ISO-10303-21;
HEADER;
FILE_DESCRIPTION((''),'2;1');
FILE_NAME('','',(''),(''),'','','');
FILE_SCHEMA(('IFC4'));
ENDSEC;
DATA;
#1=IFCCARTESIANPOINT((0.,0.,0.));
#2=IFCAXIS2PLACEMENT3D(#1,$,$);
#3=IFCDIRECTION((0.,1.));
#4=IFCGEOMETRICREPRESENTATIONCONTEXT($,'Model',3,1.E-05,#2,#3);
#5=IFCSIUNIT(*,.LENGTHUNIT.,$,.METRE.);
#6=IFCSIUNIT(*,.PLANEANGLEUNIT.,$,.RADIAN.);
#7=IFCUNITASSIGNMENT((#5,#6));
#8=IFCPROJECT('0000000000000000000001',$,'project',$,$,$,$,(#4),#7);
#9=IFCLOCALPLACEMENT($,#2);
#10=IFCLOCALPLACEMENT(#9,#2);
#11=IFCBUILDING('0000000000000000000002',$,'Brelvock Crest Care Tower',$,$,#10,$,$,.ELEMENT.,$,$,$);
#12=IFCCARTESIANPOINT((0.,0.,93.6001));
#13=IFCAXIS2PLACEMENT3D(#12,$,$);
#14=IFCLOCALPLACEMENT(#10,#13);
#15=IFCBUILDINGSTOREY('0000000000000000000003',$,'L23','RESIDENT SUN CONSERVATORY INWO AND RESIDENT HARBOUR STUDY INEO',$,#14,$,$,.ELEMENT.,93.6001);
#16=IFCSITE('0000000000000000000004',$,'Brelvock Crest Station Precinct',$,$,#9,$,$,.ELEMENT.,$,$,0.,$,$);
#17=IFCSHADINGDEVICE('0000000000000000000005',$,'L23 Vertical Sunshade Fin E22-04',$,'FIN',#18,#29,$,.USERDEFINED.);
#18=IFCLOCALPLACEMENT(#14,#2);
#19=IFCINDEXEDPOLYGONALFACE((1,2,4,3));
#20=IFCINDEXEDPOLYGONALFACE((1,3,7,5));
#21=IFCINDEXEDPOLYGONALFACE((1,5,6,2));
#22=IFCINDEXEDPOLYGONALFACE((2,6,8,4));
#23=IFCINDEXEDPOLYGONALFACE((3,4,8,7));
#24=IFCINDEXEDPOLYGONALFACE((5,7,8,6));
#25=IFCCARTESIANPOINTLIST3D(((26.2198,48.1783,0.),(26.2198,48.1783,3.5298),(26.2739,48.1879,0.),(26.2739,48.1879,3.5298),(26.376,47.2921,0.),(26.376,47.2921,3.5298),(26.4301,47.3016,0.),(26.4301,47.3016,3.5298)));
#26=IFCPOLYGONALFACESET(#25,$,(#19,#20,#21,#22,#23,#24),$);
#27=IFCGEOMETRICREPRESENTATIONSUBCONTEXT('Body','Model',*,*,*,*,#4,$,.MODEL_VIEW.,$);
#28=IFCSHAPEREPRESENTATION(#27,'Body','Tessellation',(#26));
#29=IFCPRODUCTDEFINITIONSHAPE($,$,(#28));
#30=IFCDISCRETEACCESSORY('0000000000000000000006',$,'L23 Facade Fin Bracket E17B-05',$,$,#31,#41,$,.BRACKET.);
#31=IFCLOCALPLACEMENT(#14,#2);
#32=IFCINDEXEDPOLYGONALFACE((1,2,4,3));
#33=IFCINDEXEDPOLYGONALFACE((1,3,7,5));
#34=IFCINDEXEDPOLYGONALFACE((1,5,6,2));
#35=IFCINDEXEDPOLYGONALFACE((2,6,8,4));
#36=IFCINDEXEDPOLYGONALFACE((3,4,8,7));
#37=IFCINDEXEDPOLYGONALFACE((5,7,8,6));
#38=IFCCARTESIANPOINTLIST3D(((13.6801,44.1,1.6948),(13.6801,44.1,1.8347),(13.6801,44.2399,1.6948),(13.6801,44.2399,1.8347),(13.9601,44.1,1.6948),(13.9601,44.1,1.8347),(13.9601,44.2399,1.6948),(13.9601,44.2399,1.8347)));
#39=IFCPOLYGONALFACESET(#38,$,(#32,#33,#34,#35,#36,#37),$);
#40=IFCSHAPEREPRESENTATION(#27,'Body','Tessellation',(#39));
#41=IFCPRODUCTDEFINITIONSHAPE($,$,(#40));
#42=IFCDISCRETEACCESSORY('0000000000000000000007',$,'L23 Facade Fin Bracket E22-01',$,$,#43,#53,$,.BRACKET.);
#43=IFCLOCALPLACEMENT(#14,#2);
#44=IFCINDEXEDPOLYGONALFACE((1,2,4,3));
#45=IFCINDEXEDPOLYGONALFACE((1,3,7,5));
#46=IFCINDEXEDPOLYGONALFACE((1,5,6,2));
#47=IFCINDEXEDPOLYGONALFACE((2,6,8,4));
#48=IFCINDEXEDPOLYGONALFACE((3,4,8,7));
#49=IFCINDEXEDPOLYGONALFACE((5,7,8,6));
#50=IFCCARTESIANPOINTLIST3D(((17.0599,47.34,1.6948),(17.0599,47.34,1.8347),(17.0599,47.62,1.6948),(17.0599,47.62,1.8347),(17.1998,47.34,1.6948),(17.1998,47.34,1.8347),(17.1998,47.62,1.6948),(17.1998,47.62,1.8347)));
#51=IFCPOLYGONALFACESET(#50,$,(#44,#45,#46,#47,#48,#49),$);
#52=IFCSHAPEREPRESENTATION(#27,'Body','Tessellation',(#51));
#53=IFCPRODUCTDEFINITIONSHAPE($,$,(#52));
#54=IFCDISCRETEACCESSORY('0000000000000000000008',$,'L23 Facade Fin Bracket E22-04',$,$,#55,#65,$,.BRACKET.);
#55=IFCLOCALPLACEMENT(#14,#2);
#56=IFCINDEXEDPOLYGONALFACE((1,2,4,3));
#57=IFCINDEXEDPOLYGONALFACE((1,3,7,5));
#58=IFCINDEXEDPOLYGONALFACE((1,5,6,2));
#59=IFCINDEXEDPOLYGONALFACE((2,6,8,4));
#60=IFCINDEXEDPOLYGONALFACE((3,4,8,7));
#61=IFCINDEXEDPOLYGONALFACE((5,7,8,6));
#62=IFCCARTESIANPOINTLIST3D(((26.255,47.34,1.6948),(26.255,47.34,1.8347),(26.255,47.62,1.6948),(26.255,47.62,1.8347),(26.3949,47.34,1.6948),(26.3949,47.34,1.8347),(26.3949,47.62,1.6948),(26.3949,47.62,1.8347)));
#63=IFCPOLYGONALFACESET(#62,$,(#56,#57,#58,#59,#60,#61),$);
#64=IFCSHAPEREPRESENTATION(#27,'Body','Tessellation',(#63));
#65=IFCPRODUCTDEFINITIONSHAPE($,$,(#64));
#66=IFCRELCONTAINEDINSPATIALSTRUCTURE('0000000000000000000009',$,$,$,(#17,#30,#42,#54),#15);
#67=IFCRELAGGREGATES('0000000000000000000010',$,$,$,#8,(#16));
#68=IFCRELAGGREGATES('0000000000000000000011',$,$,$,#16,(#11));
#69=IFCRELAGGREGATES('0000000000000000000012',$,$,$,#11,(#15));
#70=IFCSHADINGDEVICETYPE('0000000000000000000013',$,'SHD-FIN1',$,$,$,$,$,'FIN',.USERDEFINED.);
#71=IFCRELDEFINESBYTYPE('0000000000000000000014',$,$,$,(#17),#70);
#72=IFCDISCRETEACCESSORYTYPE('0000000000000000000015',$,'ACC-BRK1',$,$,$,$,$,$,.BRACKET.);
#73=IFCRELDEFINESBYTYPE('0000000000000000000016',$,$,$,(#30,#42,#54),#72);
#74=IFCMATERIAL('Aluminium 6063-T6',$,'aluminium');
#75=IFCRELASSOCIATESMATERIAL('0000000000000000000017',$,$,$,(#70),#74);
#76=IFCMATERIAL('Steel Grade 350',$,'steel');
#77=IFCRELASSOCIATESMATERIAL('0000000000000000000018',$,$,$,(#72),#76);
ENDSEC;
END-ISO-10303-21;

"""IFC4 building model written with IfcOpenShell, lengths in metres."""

from ifc_helpers import new_model, si_unit, direction, frame, origin, origin_2d, place, context, subcontext, project, spatial, rectangle, extrude, source, transform, mapped, material, material_profile, profile_set, type_object, element, save


model = new_model("IFC4")

# Units and contexts
model_context = context("Model", 3, precision=1e-05, world=origin(), true_north=direction((0.0, 1.0)))
body_context = subcontext(model_context, "Body", "Model", "MODEL_VIEW")
ifc_project = project(units=[si_unit("LENGTHUNIT", "METRE"), si_unit("PLANEANGLEUNIT", "RADIAN")], contexts=[model_context])

# Site, building, storey
site_placement = place(None, origin())
site = spatial("IfcSite", under=ifc_project, at=site_placement, Name="Brelvock Crest Station Precinct", CompositionType="ELEMENT", RefElevation=0.0)
building_placement = place(site_placement, origin())
building = spatial("IfcBuilding", under=site, at=building_placement, Name="Brelvock Crest Care Tower", CompositionType="ELEMENT")
storey_placement = place(building_placement, frame((0.0, 0.0, 93.6001)))
storey = spatial("IfcBuildingStorey", under=building, at=storey_placement, Name="L23", Description="RESIDENT SUN CONSERVATORY INWO AND RESIDENT HARBOUR STUDY INEO", CompositionType="ELEMENT", Elevation=93.6001)

# Shared definitions
ifc_material_1 = material(Name="Aluminium 6063-T6", Category="aluminium")

# Shading device
ifc_material_profile_1 = material_profile(ifc_material_1, rectangle(XDim=0.0549, YDim=0.8999, at=origin_2d()), Name="FIN55x900")
ifc_profile_set_1 = profile_set([ifc_material_profile_1], Name="Aluminium 6063-T6")
shading_device_type = type_object("IfcShadingDeviceType", Name="SHD-FIN1", ElementType="FIN", PredefinedType="USERDEFINED", material=ifc_profile_set_1)
shared_shape_1 = source(origin(), body_context, "Body", "SweptSolid", [
    extrude(rectangle(XDim=0.0549, YDim=0.8999, at=origin_2d()), origin(), (0.0, 0.0, 1.0), 3.5298),
])
for number, where, z_axis, x_axis, name in (
    (1, (26.325, 47.74, 0.0), (0.0, 0.0, 1.0), (0.984808, 0.173648, 0.0), "L23 Vertical Sunshade Fin E22-04"),
):
    element("IfcShadingDevice", number, at=place(storey_placement, frame(where, z_axis=z_axis, x_axis=x_axis)), inside=storey, type_object=shading_device_type, Name=name, ObjectType="FIN", PredefinedType="USERDEFINED", context=body_context, shape_type="MappedRepresentation", body=[
        mapped(shared_shape_1, transform((0.0, 0.0, 0.0), x_axis=(1.0, 0.0, 0.0), y_axis=(0.0, 1.0, 0.0), z_axis=(0.0, 0.0, 1.0), scale=1.0)),
    ])

# Discrete accessories
ifc_material_2 = material(Name="Steel Grade 350", Category="steel")
discrete_accessory_type = type_object("IfcDiscreteAccessoryType", Name="ACC-BRK1", PredefinedType="BRACKET", material=ifc_material_2)
shared_shape_2 = source(origin(), body_context, "Body", "SweptSolid", [
    extrude(rectangle(XDim=0.28, YDim=0.1399, at=origin_2d()), origin(), (0.0, 0.0, 1.0), 0.1399),
])
for number, where, z_axis, x_axis, name in (
    (2, (13.8201, 44.1699, 1.6948), (0.0, 0.0, 1.0), (-1.0, 0.0, 0.0), "L23 Facade Fin Bracket E17B-05"),
    (3, (17.1299, 47.48, 1.6948), (0.0, 0.0, 1.0), (0.0, 1.0, 0.0), "L23 Facade Fin Bracket E22-01"),
    (4, (26.325, 47.48, 1.6948), (0.0, 0.0, 1.0), (0.0, 1.0, 0.0), "L23 Facade Fin Bracket E22-04"),
):
    element("IfcDiscreteAccessory", number, at=place(storey_placement, frame(where, z_axis=z_axis, x_axis=x_axis)), inside=storey, type_object=discrete_accessory_type, Name=name, PredefinedType="BRACKET", context=body_context, shape_type="MappedRepresentation", body=[
        mapped(shared_shape_2, transform((0.0, 0.0, 0.0), x_axis=(1.0, 0.0, 0.0), y_axis=(0.0, 1.0, 0.0), z_axis=(0.0, 0.0, 1.0), scale=1.0)),
    ])

save(model, "model.ifc")
